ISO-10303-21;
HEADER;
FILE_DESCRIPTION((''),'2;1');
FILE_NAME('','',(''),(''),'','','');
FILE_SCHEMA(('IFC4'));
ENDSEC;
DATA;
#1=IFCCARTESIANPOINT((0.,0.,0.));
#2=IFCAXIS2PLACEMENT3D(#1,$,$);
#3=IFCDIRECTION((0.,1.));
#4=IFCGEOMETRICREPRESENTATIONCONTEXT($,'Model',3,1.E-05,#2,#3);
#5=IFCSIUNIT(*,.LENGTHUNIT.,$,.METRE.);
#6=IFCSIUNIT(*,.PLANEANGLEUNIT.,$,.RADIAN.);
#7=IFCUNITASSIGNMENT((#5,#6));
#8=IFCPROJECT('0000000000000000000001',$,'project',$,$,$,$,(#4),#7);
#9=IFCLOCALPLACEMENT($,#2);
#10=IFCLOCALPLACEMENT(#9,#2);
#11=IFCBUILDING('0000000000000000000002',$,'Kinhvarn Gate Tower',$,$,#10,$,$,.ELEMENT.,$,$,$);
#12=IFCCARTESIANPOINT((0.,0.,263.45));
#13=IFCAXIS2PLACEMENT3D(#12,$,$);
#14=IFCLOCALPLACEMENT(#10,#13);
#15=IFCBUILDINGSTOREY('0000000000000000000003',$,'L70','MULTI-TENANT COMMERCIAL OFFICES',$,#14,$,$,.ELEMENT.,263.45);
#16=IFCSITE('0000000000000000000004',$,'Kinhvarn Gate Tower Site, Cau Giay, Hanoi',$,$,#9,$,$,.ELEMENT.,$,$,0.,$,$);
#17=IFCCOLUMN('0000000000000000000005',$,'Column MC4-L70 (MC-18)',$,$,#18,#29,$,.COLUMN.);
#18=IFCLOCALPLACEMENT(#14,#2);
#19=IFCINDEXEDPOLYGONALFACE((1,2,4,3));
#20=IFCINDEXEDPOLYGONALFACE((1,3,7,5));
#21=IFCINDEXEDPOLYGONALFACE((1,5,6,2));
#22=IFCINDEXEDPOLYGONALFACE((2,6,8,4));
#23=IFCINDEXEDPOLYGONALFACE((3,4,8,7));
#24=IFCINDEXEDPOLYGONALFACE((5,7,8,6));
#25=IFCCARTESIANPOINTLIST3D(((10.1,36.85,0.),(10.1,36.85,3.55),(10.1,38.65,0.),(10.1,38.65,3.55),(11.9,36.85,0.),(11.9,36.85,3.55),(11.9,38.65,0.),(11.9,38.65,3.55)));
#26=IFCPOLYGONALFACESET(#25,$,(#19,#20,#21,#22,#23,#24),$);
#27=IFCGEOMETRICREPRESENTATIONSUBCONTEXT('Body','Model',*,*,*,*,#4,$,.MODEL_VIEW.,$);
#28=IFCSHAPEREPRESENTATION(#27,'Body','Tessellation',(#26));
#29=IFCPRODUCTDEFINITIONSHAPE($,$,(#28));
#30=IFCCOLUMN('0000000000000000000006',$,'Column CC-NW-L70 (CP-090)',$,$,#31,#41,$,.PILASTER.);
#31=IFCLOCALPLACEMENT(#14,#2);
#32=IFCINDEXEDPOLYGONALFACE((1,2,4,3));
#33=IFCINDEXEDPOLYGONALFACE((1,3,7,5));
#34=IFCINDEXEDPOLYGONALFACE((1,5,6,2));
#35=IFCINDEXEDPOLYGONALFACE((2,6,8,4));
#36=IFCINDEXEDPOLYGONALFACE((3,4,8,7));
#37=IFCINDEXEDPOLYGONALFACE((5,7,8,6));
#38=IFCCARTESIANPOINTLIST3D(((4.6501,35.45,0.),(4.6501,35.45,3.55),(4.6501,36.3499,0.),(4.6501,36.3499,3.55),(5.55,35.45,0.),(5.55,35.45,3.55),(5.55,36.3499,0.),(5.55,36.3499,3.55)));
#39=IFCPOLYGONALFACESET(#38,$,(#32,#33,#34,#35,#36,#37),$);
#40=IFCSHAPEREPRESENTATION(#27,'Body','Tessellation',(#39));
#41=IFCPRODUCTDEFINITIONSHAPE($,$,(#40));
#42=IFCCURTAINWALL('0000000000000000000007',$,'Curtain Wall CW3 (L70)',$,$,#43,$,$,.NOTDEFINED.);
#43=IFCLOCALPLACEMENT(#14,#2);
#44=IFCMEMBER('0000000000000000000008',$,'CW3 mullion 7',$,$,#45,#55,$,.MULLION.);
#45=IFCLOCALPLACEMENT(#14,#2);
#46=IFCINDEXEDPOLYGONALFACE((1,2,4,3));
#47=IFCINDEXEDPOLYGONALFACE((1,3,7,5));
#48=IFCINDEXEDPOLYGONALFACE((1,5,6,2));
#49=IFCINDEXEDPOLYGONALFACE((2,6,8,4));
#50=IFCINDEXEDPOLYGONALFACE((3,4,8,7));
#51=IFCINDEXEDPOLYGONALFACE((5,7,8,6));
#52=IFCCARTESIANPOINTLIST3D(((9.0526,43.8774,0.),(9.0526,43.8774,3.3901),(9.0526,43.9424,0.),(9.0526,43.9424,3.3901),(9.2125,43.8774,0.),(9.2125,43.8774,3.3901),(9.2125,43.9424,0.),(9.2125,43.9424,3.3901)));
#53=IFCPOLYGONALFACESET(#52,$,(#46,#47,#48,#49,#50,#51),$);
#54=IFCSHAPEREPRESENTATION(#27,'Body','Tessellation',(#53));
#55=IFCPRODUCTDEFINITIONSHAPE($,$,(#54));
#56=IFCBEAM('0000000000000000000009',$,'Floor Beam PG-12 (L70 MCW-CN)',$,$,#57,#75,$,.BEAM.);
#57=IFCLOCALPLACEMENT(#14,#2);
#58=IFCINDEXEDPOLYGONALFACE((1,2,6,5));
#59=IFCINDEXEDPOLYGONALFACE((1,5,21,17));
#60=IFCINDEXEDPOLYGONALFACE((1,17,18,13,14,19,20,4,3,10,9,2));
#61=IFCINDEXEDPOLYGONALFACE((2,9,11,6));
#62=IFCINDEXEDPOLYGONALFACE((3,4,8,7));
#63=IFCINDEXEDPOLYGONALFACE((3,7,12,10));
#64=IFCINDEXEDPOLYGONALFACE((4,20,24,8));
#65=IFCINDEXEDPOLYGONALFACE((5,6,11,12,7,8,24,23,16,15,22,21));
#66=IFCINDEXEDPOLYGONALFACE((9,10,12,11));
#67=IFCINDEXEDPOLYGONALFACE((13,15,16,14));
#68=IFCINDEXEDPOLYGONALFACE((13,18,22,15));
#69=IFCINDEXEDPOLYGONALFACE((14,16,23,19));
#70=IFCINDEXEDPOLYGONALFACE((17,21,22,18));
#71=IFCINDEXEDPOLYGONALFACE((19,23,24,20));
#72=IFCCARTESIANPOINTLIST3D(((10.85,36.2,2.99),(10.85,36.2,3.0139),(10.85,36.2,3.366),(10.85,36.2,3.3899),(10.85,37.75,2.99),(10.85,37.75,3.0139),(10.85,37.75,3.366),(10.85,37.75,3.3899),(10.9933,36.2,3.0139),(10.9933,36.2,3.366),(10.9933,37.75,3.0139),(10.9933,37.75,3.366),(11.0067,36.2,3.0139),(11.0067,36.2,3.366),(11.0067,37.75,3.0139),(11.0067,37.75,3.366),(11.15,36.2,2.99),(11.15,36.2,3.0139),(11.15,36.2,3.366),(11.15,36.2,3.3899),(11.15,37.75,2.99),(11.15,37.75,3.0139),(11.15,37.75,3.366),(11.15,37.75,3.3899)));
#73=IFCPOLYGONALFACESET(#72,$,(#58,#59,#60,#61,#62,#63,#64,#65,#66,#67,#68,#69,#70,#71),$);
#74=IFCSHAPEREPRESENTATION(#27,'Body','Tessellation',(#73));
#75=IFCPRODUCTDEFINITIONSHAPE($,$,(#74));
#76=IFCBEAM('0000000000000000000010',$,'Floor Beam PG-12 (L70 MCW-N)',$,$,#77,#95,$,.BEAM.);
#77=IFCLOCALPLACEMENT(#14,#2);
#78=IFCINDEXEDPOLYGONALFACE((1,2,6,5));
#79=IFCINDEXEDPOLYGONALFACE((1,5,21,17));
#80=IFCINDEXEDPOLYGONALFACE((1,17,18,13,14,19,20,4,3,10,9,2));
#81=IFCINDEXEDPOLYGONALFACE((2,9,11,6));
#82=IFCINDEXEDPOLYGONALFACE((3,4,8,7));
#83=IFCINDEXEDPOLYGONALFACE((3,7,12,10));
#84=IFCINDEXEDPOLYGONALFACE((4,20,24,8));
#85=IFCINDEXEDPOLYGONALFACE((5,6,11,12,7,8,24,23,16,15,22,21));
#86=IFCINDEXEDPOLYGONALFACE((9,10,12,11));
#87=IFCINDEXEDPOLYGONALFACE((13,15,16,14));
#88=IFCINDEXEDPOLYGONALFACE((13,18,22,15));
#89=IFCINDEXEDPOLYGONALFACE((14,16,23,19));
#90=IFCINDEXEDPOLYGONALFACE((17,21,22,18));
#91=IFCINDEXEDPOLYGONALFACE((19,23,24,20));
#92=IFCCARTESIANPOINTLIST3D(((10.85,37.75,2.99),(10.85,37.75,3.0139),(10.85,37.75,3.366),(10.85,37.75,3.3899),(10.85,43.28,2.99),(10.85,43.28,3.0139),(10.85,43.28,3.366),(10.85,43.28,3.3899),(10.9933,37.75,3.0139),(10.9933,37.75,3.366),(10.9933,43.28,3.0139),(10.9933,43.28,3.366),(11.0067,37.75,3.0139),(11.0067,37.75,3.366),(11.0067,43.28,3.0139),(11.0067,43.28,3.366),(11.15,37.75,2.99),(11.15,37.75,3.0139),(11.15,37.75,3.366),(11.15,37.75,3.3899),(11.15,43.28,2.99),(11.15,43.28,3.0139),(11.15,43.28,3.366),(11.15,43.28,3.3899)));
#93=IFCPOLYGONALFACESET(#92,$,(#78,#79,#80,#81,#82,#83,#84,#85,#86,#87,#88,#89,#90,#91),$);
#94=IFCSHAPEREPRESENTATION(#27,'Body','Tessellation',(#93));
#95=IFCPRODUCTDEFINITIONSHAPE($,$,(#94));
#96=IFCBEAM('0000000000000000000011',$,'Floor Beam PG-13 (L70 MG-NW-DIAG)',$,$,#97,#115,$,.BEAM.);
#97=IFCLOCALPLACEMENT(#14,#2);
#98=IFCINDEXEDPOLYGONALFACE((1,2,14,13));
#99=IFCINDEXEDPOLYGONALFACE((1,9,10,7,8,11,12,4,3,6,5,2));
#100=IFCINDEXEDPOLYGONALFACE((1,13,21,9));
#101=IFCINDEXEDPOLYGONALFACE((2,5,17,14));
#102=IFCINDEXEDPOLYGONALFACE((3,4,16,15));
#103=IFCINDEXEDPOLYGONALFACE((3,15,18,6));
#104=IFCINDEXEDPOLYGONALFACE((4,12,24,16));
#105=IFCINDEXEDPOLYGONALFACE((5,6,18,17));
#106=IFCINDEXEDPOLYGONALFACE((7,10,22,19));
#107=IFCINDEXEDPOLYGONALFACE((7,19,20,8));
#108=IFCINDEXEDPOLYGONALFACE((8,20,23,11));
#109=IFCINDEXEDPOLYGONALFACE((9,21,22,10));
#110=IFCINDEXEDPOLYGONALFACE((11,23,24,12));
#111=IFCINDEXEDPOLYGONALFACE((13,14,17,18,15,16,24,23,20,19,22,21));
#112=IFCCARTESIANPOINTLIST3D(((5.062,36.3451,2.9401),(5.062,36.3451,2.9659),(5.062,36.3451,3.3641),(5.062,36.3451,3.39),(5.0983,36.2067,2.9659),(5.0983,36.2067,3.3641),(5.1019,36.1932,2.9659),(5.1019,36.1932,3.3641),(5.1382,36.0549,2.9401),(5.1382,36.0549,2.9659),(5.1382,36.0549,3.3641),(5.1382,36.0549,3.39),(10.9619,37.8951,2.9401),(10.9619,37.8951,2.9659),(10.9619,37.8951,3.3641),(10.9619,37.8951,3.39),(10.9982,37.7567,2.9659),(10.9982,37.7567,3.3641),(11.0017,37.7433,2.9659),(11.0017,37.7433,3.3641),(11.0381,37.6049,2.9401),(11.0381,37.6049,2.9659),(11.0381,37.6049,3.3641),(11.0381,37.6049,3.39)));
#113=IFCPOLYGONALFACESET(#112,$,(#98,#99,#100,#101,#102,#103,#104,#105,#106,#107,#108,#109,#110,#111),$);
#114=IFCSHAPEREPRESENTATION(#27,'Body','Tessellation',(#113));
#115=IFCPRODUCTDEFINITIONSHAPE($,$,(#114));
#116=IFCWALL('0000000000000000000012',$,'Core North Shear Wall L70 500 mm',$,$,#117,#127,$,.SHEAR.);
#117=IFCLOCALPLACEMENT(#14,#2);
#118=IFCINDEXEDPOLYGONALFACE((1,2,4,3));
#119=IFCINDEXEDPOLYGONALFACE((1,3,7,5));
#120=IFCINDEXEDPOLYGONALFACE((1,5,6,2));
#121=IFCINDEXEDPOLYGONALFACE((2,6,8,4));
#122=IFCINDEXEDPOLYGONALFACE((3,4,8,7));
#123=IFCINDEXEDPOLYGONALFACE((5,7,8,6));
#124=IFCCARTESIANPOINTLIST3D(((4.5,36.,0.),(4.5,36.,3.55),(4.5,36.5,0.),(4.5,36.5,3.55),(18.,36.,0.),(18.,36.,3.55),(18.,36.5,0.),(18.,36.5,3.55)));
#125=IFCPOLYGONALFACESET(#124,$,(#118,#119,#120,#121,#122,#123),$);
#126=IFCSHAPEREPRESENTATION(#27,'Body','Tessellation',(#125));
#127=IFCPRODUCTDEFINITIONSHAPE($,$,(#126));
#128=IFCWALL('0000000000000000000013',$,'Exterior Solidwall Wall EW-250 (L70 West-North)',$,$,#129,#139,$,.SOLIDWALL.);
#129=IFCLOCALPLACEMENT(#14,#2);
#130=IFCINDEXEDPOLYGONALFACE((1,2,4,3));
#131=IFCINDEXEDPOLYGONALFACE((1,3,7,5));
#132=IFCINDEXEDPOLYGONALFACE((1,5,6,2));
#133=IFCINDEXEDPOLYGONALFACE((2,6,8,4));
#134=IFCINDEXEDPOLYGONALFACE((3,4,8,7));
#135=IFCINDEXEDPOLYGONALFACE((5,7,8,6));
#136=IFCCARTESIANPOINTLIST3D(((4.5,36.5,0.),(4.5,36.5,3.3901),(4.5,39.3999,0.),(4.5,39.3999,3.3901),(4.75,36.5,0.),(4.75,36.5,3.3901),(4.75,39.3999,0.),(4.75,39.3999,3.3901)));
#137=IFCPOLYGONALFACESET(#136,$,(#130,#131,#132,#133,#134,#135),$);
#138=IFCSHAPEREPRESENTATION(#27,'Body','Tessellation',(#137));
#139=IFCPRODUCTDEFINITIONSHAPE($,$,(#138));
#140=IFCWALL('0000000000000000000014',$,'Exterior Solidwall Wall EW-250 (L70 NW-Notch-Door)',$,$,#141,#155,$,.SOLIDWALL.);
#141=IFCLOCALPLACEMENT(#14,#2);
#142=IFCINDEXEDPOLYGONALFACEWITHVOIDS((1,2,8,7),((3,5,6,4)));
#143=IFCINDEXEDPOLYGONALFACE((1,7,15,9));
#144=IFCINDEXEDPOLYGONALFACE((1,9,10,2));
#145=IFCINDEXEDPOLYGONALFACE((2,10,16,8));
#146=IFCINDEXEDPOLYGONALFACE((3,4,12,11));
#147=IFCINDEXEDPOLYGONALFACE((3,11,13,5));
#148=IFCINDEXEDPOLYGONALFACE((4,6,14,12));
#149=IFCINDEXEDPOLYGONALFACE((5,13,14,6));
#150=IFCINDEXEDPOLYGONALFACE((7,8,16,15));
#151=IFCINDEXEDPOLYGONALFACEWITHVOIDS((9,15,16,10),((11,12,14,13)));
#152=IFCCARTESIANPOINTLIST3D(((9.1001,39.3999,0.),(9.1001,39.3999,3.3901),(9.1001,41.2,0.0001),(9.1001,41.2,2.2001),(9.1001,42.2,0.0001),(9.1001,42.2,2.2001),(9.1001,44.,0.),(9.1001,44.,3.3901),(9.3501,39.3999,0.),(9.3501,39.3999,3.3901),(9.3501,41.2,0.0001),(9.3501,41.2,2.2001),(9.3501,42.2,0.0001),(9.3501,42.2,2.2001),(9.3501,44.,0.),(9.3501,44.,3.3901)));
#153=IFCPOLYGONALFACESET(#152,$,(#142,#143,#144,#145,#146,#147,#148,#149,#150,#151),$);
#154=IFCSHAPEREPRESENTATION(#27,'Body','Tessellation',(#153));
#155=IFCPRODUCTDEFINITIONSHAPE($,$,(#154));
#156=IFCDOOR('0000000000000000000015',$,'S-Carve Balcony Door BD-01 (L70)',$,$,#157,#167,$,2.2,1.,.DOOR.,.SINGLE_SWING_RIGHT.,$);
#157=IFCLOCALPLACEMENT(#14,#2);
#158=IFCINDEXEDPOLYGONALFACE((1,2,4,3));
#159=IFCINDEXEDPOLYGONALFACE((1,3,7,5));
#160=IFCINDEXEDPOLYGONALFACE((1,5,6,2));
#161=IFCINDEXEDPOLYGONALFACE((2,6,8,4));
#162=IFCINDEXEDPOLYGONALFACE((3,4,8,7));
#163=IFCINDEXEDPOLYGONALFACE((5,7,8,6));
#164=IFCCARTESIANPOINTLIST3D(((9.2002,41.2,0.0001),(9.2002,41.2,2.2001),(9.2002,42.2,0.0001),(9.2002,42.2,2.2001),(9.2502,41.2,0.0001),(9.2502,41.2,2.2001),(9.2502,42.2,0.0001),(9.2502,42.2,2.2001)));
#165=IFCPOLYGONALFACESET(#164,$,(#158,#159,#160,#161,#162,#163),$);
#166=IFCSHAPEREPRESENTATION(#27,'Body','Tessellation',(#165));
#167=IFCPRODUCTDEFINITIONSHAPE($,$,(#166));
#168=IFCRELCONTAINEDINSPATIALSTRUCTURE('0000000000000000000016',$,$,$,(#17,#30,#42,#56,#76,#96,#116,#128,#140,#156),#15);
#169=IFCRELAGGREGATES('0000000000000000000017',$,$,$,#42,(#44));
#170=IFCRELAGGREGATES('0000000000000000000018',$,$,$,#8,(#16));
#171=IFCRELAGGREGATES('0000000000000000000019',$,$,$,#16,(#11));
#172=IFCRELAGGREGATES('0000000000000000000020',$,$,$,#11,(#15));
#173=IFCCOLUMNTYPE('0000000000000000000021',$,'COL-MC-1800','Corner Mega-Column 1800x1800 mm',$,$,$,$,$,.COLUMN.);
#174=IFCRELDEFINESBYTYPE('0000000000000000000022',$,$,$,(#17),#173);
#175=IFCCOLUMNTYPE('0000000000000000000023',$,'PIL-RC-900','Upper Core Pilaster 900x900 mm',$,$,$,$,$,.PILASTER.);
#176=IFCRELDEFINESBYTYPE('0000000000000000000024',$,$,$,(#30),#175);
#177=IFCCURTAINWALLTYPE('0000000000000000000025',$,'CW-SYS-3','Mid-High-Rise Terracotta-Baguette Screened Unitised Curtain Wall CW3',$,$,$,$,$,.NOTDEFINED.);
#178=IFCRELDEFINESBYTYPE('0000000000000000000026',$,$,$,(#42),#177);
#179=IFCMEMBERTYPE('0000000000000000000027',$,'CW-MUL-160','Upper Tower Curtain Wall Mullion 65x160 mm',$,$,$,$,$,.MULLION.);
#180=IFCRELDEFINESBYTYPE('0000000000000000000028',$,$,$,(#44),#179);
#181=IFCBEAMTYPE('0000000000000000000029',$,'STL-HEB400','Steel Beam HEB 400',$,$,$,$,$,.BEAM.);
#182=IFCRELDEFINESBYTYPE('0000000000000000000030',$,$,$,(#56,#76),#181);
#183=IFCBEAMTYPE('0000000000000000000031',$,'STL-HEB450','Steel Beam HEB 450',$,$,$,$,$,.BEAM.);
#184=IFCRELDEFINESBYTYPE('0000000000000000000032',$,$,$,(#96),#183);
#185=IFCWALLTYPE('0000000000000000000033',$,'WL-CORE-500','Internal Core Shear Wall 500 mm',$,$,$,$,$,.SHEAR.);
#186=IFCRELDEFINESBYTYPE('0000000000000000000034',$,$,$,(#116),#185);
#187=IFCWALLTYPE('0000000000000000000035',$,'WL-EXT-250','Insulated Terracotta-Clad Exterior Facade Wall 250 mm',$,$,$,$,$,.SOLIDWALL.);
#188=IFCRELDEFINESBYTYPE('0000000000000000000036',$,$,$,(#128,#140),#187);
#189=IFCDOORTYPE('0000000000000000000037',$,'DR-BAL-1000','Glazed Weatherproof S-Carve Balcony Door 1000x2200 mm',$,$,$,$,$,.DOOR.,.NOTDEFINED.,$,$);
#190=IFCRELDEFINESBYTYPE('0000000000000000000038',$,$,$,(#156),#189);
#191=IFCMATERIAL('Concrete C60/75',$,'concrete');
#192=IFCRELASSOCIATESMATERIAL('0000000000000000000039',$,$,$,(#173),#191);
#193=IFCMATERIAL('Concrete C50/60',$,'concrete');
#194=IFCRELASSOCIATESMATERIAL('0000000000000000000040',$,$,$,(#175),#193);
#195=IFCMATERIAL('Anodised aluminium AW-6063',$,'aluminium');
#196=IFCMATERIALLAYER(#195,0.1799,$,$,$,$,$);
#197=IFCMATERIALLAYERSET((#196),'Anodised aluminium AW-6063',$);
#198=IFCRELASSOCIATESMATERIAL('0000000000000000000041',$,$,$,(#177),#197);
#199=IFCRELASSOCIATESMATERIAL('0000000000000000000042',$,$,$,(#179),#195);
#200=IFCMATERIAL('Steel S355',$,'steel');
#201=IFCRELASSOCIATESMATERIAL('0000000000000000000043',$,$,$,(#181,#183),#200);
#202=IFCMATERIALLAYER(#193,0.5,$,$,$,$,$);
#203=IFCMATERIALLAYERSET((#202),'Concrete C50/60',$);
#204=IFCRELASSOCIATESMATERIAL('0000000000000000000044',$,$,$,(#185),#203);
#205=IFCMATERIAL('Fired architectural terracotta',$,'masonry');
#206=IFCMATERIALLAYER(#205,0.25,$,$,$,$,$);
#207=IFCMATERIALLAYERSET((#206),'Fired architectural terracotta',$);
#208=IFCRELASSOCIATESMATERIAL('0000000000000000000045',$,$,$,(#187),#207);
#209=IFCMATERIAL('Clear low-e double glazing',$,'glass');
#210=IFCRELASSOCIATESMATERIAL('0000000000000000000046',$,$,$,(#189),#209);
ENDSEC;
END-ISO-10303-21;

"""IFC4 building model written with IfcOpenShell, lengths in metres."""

from ifc_helpers import new_model, si_unit, direction, frame, frame_2d, origin, origin_2d, place, context, subcontext, project, spatial, rectangle, i_section, extrude, material, layer, layer_set, material_profile, profile_set, type_object, element, fill, aggregate, save


model = new_model("IFC4")

# Units and contexts
model_context = context("Model", 3, precision=1e-05, world=origin(), true_north=direction((0.0, 1.0)))
body_context = subcontext(model_context, "Body", "Model", "MODEL_VIEW")
ifc_project = project(units=[si_unit("LENGTHUNIT", "METRE"), si_unit("PLANEANGLEUNIT", "RADIAN")], contexts=[model_context])

# Site, building, storey
site_placement = place(None, origin())
site = spatial("IfcSite", under=ifc_project, at=site_placement, Name="Kinhvarn Gate Tower Site, Cau Giay, Hanoi", CompositionType="ELEMENT", RefElevation=0.0)
building_placement = place(site_placement, origin())
building = spatial("IfcBuilding", under=site, at=building_placement, Name="Kinhvarn Gate Tower", CompositionType="ELEMENT")
storey_placement = place(building_placement, frame((0.0, 0.0, 263.45)))
storey = spatial("IfcBuildingStorey", under=building, at=storey_placement, Name="L70", Description="MULTI-TENANT COMMERCIAL OFFICES", CompositionType="ELEMENT", Elevation=263.45)

# Columns
ifc_material_1 = material(Name="Concrete C60/75", Category="concrete")
ifc_material_profile_1 = material_profile(ifc_material_1, rectangle(XDim=1.8, YDim=1.8, at=origin_2d()), Name="RC 1800x1800")
ifc_profile_set_1 = profile_set([ifc_material_profile_1], Name="Concrete C60/75")
column_type_1 = type_object("IfcColumnType", Name="COL-MC-1800", Description="Corner Mega-Column 1800x1800 mm", PredefinedType="COLUMN", material=ifc_profile_set_1)
column_1_placement = place(storey_placement, frame((11.0, 37.75, 0.0), z_axis=(0.0, 0.0, 1.0), x_axis=(1.0, 0.0, 0.0)))
element("IfcColumn", 1, at=column_1_placement, inside=storey, type_object=column_type_1, Name="Column MC4-L70 (MC-18)", PredefinedType="COLUMN", context=body_context, shape_type="SweptSolid", body=[
    extrude(rectangle(XDim=1.8, YDim=1.8, at=origin_2d()), origin(), (0.0, 0.0, 1.0), 3.55),
])
ifc_material_2 = material(Name="Concrete C50/60", Category="concrete")
ifc_material_profile_2 = material_profile(ifc_material_2, rectangle(XDim=0.8999, YDim=0.8999, at=origin_2d()), Name="RC 900x900")
ifc_profile_set_2 = profile_set([ifc_material_profile_2], Name="Concrete C50/60")
column_type_2 = type_object("IfcColumnType", Name="PIL-RC-900", Description="Upper Core Pilaster 900x900 mm", PredefinedType="PILASTER", material=ifc_profile_set_2)
column_2_placement = place(storey_placement, frame((5.1001, 35.8999, 0.0), z_axis=(0.0, 0.0, 1.0), x_axis=(1.0, 0.0, 0.0)))
element("IfcColumn", 2, at=column_2_placement, inside=storey, type_object=column_type_2, Name="Column CC-NW-L70 (CP-090)", PredefinedType="PILASTER", context=body_context, shape_type="SweptSolid", body=[
    extrude(rectangle(XDim=0.8999, YDim=0.8999, at=origin_2d()), origin(), (0.0, 0.0, 1.0), 3.55),
])

# Curtain wall, member
ifc_material_3 = material(Name="Anodised aluminium AW-6063", Category="aluminium")
ifc_layer_1 = layer(ifc_material_3, 0.1799)
ifc_layer_set_1 = layer_set([ifc_layer_1], Name="Anodised aluminium AW-6063")
curtain_wall_type = type_object("IfcCurtainWallType", Name="CW-SYS-3", Description="Mid-High-Rise Terracotta-Baguette Screened Unitised Curtain Wall CW3", PredefinedType="NOTDEFINED", material=ifc_layer_set_1)
curtain_wall_placement = place(storey_placement, origin())
curtain_wall = element("IfcCurtainWall", 3, at=curtain_wall_placement, inside=storey, type_object=curtain_wall_type, Name="Curtain Wall CW3 (L70)", PredefinedType="NOTDEFINED")
ifc_material_profile_3 = material_profile(ifc_material_3, rectangle(XDim=0.0649, YDim=0.1599, at=origin_2d()), Name="ALU 65x160")
ifc_profile_set_3 = profile_set([ifc_material_profile_3], Name="Anodised aluminium AW-6063")
member_type = type_object("IfcMemberType", Name="CW-MUL-160", Description="Upper Tower Curtain Wall Mullion 65x160 mm", PredefinedType="MULLION", material=ifc_profile_set_3)
member_placement = place(storey_placement, frame((9.1326, 43.9099, 0.0), z_axis=(0.0, 0.0, 1.0), x_axis=(0.0, -1.0, 0.0)))
member = element("IfcMember", 4, at=member_placement, type_object=member_type, Name="CW3 mullion 7", PredefinedType="MULLION", context=body_context, shape_type="SweptSolid", body=[
    extrude(rectangle(XDim=0.0649, YDim=0.1599, at=origin_2d()), origin(), (0.0, 0.0, 1.0), 3.3901),
])
aggregate(curtain_wall, [member])

# Beams
ifc_material_4 = material(Name="Steel S355", Category="steel")
ifc_material_profile_4 = material_profile(ifc_material_4, i_section(OverallWidth=0.3, OverallDepth=0.3999, WebThickness=0.0134, FlangeThickness=0.0239, at=origin_2d()), Name="HEB 400")
ifc_profile_set_4 = profile_set([ifc_material_profile_4], Name="Steel S355")
beam_type_1 = type_object("IfcBeamType", Name="STL-HEB400", Description="Steel Beam HEB 400", PredefinedType="BEAM", material=ifc_profile_set_4)
beam_1_placement = place(storey_placement, frame((11.0, 36.2, 3.1899), z_axis=(0.0, 1.0, 0.0), x_axis=(-1.0, 0.0, 0.0)))
element("IfcBeam", 5, at=beam_1_placement, inside=storey, type_object=beam_type_1, Name="Floor Beam PG-12 (L70 MCW-CN)", PredefinedType="BEAM", context=body_context, shape_type="SweptSolid", body=[
    extrude(i_section(OverallWidth=0.3, OverallDepth=0.3999, WebThickness=0.0134, FlangeThickness=0.0239, at=origin_2d()), origin(), (0.0, 0.0, 1.0), 1.55),
])
beam_2_placement = place(storey_placement, frame((11.0, 37.75, 3.1899), z_axis=(0.0, 1.0, 0.0), x_axis=(-1.0, 0.0, 0.0)))
element("IfcBeam", 6, at=beam_2_placement, inside=storey, type_object=beam_type_1, Name="Floor Beam PG-12 (L70 MCW-N)", PredefinedType="BEAM", context=body_context, shape_type="SweptSolid", body=[
    extrude(i_section(OverallWidth=0.3, OverallDepth=0.3999, WebThickness=0.0134, FlangeThickness=0.0239, at=origin_2d()), origin(), (0.0, 0.0, 1.0), 5.53),
])
ifc_material_profile_5 = material_profile(ifc_material_4, i_section(OverallWidth=0.3, OverallDepth=0.45, WebThickness=0.0139, FlangeThickness=0.0259, at=origin_2d()), Name="HEB 450")
ifc_profile_set_5 = profile_set([ifc_material_profile_5], Name="Steel S355")
beam_type_2 = type_object("IfcBeamType", Name="STL-HEB450", Description="Steel Beam HEB 450", PredefinedType="BEAM", material=ifc_profile_set_5)
beam_3_placement = place(storey_placement, frame((5.1001, 36.2, 3.165), z_axis=(0.967178, 0.254101, 0.0), x_axis=(-0.254101, 0.967178, 0.0)))
element("IfcBeam", 7, at=beam_3_placement, inside=storey, type_object=beam_type_2, Name="Floor Beam PG-13 (L70 MG-NW-DIAG)", PredefinedType="BEAM", context=body_context, shape_type="SweptSolid", body=[
    extrude(i_section(OverallWidth=0.3, OverallDepth=0.45, WebThickness=0.0139, FlangeThickness=0.0259, at=origin_2d()), origin(), (0.0, 0.0, 1.0), 6.1001),
])

# Walls
ifc_layer_2 = layer(ifc_material_2, 0.5)
ifc_layer_set_2 = layer_set([ifc_layer_2], Name="Concrete C50/60")
wall_type_1 = type_object("IfcWallType", Name="WL-CORE-500", Description="Internal Core Shear Wall 500 mm", PredefinedType="SHEAR", material=ifc_layer_set_2)
wall_1_placement = place(storey_placement, frame((4.5, 36.25, 0.0), z_axis=(0.0, 0.0, 1.0), x_axis=(1.0, 0.0, 0.0)))
element("IfcWall", 8, at=wall_1_placement, inside=storey, type_object=wall_type_1, Name="Core North Shear Wall L70 500 mm", PredefinedType="SHEAR", context=body_context, shape_type="SweptSolid", body=[
    extrude(rectangle(XDim=13.5, YDim=0.5, at=frame_2d((6.75, 0.0))), origin(), (0.0, 0.0, 1.0), 3.55),
])
ifc_material_5 = material(Name="Fired architectural terracotta", Category="masonry")
ifc_layer_3 = layer(ifc_material_5, 0.25)
ifc_layer_set_3 = layer_set([ifc_layer_3], Name="Fired architectural terracotta")
wall_type_2 = type_object("IfcWallType", Name="WL-EXT-250", Description="Insulated Terracotta-Clad Exterior Facade Wall 250 mm", PredefinedType="SOLIDWALL", material=ifc_layer_set_3)
wall_2_placement = place(storey_placement, frame((4.625, 39.3999, 0.0), z_axis=(0.0, 0.0, 1.0), x_axis=(0.0, -1.0, 0.0)))
element("IfcWall", 9, at=wall_2_placement, inside=storey, type_object=wall_type_2, Name="Exterior Solidwall Wall EW-250 (L70 West-North)", PredefinedType="SOLIDWALL", context=body_context, shape_type="SweptSolid", body=[
    extrude(rectangle(XDim=2.8999, YDim=0.25, at=frame_2d((1.45, 0.0))), origin(), (0.0, 0.0, 1.0), 3.3901),
])

# Wall, opening, door
wall_3_placement = place(storey_placement, frame((9.2251, 44.0, 0.0), z_axis=(0.0, 0.0, 1.0), x_axis=(0.0, -1.0, 0.0)))
wall_3 = element("IfcWall", 10, at=wall_3_placement, inside=storey, type_object=wall_type_2, Name="Exterior Solidwall Wall EW-250 (L70 NW-Notch-Door)", PredefinedType="SOLIDWALL", context=body_context, shape_type="SweptSolid", body=[
    extrude(rectangle(XDim=4.6001, YDim=0.25, at=frame_2d((2.3, 0.0))), origin(), (0.0, 0.0, 1.0), 3.3901),
])
opening_1_placement = place(wall_3_placement, frame((1.8, 0.0, 0.0)))
opening_1 = element("IfcOpeningElement", 11, at=opening_1_placement, cuts=wall_3, PredefinedType="OPENING", context=body_context, shape_type="SweptSolid", body=[
    extrude(rectangle(XDim=1.0, YDim=2.2, at=frame_2d((0.5, 1.1001))), frame((0.0, 0.135, 0.0), z_axis=(0.0, -1.0, 0.0), x_axis=(1.0, 0.0, 0.0)), (0.0, 0.0, 1.0), 0.27),
])
ifc_material_6 = material(Name="Clear low-e double glazing", Category="glass")
door_type = type_object("IfcDoorType", Name="DR-BAL-1000", Description="Glazed Weatherproof S-Carve Balcony Door 1000x2200 mm", OperationType="NOTDEFINED", PredefinedType="DOOR", material=ifc_material_6)
door_placement = place(opening_1_placement, frame((1.0, 0.0, 0.0), z_axis=(0.0, 0.0, 1.0), x_axis=(-1.0, 0.0, 0.0)))
door = element("IfcDoor", 12, at=door_placement, inside=storey, type_object=door_type, Name="S-Carve Balcony Door BD-01 (L70)", OperationType="SINGLE_SWING_RIGHT", OverallHeight=2.2, OverallWidth=1.0, PredefinedType="DOOR", context=body_context, shape_type="SweptSolid", body=[
    extrude(rectangle(XDim=1.0, YDim=2.2, at=frame_2d((0.5, 1.1001))), frame((0.0, 0.0249, 0.0), z_axis=(0.0, -1.0, 0.0), x_axis=(1.0, 0.0, 0.0)), (0.0, 0.0, 1.0), 0.05),
])
fill(opening_1, door)

save(model, "model.ifc")
